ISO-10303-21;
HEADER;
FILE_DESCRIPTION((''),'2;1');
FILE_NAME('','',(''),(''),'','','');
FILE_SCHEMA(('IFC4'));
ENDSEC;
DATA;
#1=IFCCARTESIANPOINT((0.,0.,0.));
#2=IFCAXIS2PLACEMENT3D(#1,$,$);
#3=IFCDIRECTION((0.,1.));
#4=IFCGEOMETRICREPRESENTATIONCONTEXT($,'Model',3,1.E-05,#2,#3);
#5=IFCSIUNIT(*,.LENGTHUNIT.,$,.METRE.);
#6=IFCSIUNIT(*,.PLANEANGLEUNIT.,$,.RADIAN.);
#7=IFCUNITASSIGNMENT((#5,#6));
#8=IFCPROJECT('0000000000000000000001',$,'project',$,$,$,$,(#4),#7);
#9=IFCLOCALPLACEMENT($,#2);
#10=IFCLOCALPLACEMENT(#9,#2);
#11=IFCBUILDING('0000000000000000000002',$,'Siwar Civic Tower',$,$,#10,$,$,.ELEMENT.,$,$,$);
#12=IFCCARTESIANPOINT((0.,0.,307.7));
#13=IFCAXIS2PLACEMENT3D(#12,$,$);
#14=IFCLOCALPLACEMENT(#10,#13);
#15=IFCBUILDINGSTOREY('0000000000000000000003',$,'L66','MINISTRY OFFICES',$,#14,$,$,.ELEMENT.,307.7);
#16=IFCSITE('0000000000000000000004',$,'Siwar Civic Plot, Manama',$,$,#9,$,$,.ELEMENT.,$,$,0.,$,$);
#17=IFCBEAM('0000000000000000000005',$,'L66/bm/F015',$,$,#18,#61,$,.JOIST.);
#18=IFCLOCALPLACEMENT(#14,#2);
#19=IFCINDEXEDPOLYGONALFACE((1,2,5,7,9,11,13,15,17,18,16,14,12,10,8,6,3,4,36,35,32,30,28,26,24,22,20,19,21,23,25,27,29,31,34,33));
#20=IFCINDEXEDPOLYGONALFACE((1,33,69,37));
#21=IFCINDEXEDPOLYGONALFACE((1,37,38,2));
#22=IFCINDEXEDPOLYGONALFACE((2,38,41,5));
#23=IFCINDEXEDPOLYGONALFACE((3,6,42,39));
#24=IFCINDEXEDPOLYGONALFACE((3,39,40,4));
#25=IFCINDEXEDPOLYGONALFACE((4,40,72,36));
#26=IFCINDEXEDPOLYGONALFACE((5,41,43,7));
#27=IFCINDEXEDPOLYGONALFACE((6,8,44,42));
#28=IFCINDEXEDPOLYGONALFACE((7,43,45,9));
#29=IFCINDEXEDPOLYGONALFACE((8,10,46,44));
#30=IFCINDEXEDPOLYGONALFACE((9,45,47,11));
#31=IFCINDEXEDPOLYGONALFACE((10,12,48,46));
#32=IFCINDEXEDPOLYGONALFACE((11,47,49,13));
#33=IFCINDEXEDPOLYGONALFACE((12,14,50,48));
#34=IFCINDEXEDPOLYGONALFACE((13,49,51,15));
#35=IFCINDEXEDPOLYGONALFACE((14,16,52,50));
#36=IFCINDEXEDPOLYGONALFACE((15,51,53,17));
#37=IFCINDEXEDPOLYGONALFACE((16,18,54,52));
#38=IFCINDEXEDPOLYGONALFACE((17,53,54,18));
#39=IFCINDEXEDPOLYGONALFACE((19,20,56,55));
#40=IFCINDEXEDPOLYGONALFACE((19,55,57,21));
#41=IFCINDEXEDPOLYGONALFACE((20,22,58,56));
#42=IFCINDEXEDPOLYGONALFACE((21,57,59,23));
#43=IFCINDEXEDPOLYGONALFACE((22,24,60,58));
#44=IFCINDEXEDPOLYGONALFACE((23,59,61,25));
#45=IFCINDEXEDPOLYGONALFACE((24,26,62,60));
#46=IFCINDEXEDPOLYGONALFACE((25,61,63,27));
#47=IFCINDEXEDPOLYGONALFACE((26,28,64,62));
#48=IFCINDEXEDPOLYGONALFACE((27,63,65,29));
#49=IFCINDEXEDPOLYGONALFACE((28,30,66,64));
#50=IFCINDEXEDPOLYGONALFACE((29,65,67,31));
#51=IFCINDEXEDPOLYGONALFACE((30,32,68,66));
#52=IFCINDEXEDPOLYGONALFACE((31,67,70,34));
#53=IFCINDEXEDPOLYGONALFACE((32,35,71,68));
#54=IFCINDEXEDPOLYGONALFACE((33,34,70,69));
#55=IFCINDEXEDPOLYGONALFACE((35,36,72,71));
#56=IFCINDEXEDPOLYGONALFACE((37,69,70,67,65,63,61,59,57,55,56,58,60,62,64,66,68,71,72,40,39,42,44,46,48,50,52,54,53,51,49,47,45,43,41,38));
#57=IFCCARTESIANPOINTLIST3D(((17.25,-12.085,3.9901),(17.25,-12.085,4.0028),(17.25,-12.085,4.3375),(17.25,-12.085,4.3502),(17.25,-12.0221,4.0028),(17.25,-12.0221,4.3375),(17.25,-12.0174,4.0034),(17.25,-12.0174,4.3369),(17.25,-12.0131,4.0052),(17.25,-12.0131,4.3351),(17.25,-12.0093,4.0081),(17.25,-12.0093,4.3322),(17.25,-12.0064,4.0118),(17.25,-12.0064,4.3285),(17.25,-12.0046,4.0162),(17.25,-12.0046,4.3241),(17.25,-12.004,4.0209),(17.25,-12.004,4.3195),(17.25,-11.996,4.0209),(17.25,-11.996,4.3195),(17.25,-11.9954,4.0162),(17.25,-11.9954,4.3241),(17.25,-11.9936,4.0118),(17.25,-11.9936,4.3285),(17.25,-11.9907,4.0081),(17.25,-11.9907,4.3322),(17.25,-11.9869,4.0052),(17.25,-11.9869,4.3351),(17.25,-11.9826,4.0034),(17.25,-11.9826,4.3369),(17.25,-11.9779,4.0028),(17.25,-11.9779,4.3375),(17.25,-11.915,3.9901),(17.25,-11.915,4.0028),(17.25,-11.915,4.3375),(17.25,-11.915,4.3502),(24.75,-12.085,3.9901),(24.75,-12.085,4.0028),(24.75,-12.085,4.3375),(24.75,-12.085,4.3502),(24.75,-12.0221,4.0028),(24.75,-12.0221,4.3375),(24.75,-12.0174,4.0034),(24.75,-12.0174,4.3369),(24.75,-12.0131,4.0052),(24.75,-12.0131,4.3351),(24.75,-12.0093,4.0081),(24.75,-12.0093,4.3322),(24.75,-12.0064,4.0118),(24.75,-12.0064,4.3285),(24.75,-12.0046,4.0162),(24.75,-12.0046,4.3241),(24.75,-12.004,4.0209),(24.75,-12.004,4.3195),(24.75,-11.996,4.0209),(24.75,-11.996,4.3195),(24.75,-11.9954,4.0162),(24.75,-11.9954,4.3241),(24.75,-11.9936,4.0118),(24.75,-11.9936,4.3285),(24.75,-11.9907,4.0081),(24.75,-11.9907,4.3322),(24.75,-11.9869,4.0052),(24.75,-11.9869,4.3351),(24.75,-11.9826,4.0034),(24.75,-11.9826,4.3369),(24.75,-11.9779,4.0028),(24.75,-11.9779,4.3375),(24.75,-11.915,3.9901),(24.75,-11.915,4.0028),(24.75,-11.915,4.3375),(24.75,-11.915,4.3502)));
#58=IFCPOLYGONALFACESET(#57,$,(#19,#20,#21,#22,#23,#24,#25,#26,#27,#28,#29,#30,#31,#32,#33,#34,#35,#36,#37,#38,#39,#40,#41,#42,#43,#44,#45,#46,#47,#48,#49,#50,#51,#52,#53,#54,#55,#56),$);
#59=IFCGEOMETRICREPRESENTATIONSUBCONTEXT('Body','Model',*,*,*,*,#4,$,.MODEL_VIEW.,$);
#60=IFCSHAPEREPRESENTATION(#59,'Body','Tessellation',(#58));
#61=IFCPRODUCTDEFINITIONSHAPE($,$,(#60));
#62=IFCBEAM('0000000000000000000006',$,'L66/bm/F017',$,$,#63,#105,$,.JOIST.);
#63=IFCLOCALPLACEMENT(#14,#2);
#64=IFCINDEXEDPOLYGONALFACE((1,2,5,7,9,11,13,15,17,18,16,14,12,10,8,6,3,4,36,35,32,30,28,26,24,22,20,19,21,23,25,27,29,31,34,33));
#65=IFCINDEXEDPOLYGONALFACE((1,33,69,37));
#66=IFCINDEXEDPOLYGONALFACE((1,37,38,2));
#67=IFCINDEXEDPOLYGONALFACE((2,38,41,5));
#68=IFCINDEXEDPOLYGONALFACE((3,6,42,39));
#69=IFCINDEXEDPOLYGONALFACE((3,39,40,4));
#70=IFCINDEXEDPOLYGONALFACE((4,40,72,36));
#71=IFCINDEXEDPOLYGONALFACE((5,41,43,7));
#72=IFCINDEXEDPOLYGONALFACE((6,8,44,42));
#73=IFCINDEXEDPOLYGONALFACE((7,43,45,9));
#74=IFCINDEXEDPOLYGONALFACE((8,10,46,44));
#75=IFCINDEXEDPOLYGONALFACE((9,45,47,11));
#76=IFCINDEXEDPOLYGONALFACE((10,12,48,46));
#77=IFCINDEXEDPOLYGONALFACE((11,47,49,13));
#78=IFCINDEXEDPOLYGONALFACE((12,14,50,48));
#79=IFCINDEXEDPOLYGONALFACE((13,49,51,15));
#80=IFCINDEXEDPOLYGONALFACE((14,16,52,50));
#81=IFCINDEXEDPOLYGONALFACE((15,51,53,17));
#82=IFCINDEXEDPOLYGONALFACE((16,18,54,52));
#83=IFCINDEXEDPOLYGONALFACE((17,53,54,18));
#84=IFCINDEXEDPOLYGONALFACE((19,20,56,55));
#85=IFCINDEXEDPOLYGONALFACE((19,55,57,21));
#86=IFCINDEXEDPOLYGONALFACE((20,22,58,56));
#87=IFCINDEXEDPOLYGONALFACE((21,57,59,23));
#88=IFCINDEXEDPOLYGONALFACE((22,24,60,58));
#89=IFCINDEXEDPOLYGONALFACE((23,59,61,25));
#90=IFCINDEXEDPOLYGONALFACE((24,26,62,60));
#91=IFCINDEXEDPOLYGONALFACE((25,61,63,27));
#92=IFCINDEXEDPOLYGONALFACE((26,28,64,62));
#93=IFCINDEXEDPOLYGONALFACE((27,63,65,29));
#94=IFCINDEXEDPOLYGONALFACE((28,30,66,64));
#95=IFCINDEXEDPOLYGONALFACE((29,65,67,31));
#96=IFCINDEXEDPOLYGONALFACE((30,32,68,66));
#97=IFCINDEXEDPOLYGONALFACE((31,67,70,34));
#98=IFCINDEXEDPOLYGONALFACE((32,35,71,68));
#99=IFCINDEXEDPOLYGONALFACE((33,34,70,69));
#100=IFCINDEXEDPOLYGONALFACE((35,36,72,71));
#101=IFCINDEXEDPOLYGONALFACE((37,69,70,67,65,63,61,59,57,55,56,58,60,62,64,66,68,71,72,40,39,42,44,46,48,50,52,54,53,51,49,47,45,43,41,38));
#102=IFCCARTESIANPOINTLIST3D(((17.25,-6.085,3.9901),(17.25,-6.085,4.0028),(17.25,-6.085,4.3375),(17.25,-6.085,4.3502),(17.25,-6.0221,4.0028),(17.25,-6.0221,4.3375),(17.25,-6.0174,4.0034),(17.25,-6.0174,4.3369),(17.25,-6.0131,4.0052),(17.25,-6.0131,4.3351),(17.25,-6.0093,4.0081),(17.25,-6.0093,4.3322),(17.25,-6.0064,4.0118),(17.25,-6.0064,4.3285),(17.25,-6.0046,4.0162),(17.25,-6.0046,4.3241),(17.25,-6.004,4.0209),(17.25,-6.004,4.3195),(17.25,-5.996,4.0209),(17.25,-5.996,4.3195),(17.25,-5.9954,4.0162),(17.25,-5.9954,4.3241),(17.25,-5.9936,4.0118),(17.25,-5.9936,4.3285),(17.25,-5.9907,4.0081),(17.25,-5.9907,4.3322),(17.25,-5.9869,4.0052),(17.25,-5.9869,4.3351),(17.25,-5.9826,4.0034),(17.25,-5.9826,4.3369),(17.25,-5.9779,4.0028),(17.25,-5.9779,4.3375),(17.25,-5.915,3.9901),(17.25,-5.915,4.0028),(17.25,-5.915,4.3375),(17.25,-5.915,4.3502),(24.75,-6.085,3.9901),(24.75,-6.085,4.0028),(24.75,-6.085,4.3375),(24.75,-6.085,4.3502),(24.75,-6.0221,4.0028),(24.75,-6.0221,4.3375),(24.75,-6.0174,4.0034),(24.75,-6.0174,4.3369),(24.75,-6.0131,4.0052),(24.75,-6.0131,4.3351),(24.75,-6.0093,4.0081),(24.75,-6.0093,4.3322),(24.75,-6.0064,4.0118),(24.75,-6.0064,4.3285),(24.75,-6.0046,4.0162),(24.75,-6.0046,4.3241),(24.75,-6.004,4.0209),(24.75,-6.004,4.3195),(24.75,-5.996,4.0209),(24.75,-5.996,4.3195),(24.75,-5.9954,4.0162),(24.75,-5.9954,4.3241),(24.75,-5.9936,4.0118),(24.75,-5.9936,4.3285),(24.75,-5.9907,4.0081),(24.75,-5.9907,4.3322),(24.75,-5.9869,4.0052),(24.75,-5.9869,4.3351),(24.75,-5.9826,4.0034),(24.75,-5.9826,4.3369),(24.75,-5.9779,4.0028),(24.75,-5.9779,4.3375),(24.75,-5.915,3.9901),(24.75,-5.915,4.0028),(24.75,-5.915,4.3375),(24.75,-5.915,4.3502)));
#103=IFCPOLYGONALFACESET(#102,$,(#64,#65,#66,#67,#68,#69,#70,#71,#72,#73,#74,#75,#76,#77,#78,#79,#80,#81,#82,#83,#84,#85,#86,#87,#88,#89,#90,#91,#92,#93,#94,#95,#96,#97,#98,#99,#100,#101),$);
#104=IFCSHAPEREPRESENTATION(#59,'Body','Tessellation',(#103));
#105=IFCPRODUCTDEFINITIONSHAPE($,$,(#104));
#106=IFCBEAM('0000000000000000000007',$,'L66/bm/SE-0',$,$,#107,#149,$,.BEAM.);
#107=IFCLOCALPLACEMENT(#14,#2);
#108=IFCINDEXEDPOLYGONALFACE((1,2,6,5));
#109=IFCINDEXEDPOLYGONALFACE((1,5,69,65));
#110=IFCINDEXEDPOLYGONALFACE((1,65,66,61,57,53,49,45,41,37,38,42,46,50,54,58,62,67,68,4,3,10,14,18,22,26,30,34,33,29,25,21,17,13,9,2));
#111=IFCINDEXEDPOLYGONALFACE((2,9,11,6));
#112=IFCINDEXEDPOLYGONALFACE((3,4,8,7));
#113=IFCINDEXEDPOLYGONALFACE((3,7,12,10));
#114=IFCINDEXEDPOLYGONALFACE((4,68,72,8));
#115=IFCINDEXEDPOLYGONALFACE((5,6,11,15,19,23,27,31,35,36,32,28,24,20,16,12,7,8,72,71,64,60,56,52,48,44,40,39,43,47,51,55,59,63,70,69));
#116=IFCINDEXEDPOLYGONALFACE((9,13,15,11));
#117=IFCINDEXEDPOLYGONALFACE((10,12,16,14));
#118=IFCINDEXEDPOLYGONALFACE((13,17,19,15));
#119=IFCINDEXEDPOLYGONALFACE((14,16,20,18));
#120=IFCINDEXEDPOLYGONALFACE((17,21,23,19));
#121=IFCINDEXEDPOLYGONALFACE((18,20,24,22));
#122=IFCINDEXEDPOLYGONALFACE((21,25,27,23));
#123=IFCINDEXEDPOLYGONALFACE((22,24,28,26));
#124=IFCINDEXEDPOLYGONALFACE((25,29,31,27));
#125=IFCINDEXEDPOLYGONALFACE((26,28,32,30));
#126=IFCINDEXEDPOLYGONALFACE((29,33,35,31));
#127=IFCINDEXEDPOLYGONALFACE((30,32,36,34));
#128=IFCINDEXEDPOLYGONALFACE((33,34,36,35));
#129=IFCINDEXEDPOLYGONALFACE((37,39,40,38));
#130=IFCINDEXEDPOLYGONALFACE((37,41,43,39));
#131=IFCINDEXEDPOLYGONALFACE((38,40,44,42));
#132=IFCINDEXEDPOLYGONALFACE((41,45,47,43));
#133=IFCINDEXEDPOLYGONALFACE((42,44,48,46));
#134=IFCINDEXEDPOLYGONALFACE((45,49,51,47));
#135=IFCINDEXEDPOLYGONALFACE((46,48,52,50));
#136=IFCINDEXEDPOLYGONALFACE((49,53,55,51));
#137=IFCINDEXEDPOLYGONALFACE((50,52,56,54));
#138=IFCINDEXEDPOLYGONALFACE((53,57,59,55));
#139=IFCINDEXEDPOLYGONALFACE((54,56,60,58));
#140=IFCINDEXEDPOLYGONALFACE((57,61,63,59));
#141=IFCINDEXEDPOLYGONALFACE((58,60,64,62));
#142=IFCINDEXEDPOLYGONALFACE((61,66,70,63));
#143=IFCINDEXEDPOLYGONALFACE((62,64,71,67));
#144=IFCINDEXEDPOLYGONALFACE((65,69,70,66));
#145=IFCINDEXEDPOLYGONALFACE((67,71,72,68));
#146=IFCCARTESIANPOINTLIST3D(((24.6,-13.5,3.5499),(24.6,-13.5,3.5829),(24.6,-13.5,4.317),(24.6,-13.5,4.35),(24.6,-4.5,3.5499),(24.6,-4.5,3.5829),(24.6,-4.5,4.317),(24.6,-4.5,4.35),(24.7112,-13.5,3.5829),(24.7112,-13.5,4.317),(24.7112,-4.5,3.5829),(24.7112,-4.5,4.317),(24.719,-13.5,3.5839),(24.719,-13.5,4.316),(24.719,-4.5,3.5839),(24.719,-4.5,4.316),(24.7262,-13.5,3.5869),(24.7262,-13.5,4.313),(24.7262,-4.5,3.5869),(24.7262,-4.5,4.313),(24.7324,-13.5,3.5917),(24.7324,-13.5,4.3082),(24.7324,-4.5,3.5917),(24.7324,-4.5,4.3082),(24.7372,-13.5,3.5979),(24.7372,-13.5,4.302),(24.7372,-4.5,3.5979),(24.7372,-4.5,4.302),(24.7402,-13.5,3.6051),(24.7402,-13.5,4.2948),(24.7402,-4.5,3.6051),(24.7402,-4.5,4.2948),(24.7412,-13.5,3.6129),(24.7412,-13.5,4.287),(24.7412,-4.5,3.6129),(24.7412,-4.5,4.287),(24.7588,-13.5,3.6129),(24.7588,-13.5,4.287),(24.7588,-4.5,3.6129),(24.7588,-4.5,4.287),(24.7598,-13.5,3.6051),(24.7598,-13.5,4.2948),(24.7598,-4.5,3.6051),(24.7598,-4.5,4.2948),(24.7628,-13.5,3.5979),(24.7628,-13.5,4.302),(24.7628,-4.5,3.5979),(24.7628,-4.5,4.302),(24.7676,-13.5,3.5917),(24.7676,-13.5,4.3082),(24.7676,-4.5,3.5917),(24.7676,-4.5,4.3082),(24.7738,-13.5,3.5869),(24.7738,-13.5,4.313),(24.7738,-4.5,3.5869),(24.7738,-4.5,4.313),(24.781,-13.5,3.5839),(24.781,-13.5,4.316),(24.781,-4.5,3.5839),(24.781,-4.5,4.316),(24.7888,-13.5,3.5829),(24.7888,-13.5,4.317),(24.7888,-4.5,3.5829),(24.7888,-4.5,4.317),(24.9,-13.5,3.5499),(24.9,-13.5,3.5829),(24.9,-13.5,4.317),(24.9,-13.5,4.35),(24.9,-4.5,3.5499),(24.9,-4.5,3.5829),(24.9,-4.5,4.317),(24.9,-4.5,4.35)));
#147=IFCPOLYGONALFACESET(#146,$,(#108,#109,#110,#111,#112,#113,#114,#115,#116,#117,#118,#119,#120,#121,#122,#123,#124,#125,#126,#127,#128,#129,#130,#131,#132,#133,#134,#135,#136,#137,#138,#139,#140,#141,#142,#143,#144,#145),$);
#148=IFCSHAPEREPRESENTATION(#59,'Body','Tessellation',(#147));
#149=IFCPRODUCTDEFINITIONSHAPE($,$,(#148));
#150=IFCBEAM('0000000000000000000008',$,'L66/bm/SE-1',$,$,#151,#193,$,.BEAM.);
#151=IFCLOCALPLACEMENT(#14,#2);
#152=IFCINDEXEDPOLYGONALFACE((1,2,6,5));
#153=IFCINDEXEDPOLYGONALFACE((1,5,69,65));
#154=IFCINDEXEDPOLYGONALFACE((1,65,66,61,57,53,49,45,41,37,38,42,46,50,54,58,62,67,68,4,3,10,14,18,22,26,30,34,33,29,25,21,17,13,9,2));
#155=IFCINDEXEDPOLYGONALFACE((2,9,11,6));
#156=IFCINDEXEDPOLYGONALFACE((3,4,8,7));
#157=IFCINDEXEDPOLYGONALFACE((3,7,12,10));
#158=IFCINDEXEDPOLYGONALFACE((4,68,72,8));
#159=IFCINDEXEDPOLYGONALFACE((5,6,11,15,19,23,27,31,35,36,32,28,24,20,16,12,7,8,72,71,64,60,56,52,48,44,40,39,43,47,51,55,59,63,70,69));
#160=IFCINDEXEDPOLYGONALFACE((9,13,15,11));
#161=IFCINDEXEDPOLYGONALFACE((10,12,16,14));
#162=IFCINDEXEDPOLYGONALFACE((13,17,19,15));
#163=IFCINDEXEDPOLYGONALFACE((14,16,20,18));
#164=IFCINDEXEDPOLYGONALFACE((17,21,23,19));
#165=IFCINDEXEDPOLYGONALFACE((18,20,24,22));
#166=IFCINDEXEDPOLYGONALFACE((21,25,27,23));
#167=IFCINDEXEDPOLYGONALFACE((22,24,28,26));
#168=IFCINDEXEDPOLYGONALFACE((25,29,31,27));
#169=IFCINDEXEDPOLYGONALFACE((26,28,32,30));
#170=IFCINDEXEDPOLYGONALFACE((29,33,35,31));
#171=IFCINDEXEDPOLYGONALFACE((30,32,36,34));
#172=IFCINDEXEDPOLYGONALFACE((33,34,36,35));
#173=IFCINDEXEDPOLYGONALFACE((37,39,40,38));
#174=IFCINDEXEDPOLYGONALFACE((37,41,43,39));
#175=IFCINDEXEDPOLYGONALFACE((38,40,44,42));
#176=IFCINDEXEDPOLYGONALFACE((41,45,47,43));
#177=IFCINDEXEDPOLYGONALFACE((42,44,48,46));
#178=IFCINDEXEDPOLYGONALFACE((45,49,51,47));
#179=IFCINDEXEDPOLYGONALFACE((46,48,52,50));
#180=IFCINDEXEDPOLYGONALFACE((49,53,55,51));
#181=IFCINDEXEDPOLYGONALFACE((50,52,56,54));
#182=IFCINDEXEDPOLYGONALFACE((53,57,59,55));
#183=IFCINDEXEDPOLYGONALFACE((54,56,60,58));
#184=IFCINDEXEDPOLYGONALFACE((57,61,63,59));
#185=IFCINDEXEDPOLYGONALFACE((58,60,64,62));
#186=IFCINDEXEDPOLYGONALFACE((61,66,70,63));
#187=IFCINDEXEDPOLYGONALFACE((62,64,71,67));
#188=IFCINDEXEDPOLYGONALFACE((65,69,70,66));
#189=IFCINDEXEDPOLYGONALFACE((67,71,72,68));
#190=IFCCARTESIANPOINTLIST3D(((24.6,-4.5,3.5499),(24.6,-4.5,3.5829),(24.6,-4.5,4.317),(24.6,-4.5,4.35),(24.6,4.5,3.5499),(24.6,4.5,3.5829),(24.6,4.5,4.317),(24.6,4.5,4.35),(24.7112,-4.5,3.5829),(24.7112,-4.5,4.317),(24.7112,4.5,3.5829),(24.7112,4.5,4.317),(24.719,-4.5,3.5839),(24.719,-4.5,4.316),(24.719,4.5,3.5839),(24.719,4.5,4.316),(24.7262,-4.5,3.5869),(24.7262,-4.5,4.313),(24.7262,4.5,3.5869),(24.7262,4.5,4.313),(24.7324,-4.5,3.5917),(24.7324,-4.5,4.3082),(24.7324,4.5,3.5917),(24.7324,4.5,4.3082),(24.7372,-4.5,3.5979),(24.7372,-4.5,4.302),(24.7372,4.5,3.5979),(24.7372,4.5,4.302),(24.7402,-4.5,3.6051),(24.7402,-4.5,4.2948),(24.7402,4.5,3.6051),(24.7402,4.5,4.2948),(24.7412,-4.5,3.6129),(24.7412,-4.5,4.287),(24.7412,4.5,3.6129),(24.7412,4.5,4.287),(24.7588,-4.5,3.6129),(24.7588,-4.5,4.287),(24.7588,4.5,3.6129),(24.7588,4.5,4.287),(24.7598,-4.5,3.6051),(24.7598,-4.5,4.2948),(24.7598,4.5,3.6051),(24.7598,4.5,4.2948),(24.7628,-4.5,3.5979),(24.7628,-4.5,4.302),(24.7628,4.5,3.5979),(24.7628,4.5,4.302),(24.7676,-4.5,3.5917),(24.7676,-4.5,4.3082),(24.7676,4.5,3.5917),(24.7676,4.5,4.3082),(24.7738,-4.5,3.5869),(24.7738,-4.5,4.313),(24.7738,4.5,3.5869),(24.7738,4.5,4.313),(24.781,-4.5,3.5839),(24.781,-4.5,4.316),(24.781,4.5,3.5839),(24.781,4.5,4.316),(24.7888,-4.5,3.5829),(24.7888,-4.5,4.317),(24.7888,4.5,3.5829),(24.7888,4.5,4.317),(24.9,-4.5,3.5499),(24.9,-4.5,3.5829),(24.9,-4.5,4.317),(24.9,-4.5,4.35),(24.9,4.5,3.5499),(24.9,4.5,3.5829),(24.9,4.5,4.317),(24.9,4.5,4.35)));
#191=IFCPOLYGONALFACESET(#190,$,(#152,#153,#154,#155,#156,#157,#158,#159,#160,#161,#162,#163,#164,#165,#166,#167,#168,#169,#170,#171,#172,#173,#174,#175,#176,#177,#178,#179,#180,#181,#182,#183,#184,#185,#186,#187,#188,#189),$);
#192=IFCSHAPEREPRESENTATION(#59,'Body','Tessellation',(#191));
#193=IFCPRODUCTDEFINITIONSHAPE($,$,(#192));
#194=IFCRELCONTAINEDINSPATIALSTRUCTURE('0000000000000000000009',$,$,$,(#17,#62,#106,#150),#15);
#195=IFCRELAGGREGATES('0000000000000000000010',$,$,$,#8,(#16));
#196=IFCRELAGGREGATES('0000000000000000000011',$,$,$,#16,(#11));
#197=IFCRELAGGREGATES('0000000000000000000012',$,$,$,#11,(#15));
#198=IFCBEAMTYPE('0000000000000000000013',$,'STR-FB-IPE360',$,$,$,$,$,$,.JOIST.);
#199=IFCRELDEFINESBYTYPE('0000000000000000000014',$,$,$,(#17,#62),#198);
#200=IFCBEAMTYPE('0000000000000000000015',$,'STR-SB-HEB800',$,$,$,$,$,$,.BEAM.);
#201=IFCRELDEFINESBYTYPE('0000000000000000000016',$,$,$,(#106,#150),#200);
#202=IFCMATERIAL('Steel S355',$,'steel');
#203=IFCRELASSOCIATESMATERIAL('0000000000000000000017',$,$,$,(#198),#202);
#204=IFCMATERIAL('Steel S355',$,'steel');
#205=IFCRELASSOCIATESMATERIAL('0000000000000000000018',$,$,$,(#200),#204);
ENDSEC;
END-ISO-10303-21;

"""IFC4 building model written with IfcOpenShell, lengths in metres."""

from ifc_helpers import new_model, si_unit, direction, frame, origin, origin_2d, place, context, subcontext, project, spatial, i_section, extrude, material, material_profile, profile_set, type_object, element, save


model = new_model("IFC4")

# Units and contexts
model_context = context("Model", 3, precision=1e-05, world=origin(), true_north=direction((0.0, 1.0)))
body_context = subcontext(model_context, "Body", "Model", "MODEL_VIEW")
ifc_project = project(units=[si_unit("LENGTHUNIT", "METRE"), si_unit("PLANEANGLEUNIT", "RADIAN")], contexts=[model_context])

# Site, building, storey
site_placement = place(None, origin())
site = spatial("IfcSite", under=ifc_project, at=site_placement, Name="Siwar Civic Plot, Manama", CompositionType="ELEMENT", RefElevation=0.0)
building_placement = place(site_placement, origin())
building = spatial("IfcBuilding", under=site, at=building_placement, Name="Siwar Civic Tower", CompositionType="ELEMENT")
storey_placement = place(building_placement, frame((0.0, 0.0, 307.7)))
storey = spatial("IfcBuildingStorey", under=building, at=storey_placement, Name="L66", Description="MINISTRY OFFICES", CompositionType="ELEMENT", Elevation=307.7)

# Beams
ifc_material_1 = material(Name="Steel S355", Category="steel")
ifc_material_profile_1 = material_profile(ifc_material_1, i_section(OverallWidth=0.1699, OverallDepth=0.3601, WebThickness=0.0081, FlangeThickness=0.0127, FilletRadius=0.0181, at=origin_2d()), Name="IPE360")
ifc_profile_set_1 = profile_set([ifc_material_profile_1], Name="Steel S355")
beam_type_1 = type_object("IfcBeamType", Name="STR-FB-IPE360", PredefinedType="JOIST", material=ifc_profile_set_1)
for number, where, z_axis, x_axis, name in (
    (1, (17.25, -12.0, 4.1702), (1.0, 0.0, 0.0), (0.0, 1.0, 0.0), "L66/bm/F015"),
    (2, (17.25, -6.0, 4.1702), (1.0, 0.0, 0.0), (0.0, 1.0, 0.0), "L66/bm/F017"),
):
    element("IfcBeam", number, at=place(storey_placement, frame(where, z_axis=z_axis, x_axis=x_axis)), inside=storey, type_object=beam_type_1, Name=name, PredefinedType="JOIST", context=body_context, shape_type="SweptSolid", body=[
        extrude(i_section(OverallWidth=0.1699, OverallDepth=0.3601, WebThickness=0.0081, FlangeThickness=0.0127, FilletRadius=0.0181, at=origin_2d()), origin(), (0.0, 0.0, 1.0), 7.5),
    ])
ifc_material_2 = material(Name="Steel S355", Category="steel")
ifc_material_profile_2 = material_profile(ifc_material_2, i_section(OverallWidth=0.3, OverallDepth=0.8, WebThickness=0.0176, FlangeThickness=0.033, FilletRadius=0.03, at=origin_2d()), Name="HEB800")
ifc_profile_set_2 = profile_set([ifc_material_profile_2], Name="Steel S355")
beam_type_2 = type_object("IfcBeamType", Name="STR-SB-HEB800", PredefinedType="BEAM", material=ifc_profile_set_2)
for number, where, z_axis, x_axis, name in (
    (3, (24.75, -13.5, 3.95), (0.0, 1.0, 0.0), (-1.0, 0.0, 0.0), "L66/bm/SE-0"),
    (4, (24.75, -4.5, 3.95), (0.0, 1.0, 0.0), (-1.0, 0.0, 0.0), "L66/bm/SE-1"),
):
    element("IfcBeam", number, at=place(storey_placement, frame(where, z_axis=z_axis, x_axis=x_axis)), inside=storey, type_object=beam_type_2, Name=name, PredefinedType="BEAM", context=body_context, shape_type="SweptSolid", body=[
        extrude(i_section(OverallWidth=0.3, OverallDepth=0.8, WebThickness=0.0176, FlangeThickness=0.033, FilletRadius=0.03, at=origin_2d()), origin(), (0.0, 0.0, 1.0), 9.0),
    ])

save(model, "model.ifc")
